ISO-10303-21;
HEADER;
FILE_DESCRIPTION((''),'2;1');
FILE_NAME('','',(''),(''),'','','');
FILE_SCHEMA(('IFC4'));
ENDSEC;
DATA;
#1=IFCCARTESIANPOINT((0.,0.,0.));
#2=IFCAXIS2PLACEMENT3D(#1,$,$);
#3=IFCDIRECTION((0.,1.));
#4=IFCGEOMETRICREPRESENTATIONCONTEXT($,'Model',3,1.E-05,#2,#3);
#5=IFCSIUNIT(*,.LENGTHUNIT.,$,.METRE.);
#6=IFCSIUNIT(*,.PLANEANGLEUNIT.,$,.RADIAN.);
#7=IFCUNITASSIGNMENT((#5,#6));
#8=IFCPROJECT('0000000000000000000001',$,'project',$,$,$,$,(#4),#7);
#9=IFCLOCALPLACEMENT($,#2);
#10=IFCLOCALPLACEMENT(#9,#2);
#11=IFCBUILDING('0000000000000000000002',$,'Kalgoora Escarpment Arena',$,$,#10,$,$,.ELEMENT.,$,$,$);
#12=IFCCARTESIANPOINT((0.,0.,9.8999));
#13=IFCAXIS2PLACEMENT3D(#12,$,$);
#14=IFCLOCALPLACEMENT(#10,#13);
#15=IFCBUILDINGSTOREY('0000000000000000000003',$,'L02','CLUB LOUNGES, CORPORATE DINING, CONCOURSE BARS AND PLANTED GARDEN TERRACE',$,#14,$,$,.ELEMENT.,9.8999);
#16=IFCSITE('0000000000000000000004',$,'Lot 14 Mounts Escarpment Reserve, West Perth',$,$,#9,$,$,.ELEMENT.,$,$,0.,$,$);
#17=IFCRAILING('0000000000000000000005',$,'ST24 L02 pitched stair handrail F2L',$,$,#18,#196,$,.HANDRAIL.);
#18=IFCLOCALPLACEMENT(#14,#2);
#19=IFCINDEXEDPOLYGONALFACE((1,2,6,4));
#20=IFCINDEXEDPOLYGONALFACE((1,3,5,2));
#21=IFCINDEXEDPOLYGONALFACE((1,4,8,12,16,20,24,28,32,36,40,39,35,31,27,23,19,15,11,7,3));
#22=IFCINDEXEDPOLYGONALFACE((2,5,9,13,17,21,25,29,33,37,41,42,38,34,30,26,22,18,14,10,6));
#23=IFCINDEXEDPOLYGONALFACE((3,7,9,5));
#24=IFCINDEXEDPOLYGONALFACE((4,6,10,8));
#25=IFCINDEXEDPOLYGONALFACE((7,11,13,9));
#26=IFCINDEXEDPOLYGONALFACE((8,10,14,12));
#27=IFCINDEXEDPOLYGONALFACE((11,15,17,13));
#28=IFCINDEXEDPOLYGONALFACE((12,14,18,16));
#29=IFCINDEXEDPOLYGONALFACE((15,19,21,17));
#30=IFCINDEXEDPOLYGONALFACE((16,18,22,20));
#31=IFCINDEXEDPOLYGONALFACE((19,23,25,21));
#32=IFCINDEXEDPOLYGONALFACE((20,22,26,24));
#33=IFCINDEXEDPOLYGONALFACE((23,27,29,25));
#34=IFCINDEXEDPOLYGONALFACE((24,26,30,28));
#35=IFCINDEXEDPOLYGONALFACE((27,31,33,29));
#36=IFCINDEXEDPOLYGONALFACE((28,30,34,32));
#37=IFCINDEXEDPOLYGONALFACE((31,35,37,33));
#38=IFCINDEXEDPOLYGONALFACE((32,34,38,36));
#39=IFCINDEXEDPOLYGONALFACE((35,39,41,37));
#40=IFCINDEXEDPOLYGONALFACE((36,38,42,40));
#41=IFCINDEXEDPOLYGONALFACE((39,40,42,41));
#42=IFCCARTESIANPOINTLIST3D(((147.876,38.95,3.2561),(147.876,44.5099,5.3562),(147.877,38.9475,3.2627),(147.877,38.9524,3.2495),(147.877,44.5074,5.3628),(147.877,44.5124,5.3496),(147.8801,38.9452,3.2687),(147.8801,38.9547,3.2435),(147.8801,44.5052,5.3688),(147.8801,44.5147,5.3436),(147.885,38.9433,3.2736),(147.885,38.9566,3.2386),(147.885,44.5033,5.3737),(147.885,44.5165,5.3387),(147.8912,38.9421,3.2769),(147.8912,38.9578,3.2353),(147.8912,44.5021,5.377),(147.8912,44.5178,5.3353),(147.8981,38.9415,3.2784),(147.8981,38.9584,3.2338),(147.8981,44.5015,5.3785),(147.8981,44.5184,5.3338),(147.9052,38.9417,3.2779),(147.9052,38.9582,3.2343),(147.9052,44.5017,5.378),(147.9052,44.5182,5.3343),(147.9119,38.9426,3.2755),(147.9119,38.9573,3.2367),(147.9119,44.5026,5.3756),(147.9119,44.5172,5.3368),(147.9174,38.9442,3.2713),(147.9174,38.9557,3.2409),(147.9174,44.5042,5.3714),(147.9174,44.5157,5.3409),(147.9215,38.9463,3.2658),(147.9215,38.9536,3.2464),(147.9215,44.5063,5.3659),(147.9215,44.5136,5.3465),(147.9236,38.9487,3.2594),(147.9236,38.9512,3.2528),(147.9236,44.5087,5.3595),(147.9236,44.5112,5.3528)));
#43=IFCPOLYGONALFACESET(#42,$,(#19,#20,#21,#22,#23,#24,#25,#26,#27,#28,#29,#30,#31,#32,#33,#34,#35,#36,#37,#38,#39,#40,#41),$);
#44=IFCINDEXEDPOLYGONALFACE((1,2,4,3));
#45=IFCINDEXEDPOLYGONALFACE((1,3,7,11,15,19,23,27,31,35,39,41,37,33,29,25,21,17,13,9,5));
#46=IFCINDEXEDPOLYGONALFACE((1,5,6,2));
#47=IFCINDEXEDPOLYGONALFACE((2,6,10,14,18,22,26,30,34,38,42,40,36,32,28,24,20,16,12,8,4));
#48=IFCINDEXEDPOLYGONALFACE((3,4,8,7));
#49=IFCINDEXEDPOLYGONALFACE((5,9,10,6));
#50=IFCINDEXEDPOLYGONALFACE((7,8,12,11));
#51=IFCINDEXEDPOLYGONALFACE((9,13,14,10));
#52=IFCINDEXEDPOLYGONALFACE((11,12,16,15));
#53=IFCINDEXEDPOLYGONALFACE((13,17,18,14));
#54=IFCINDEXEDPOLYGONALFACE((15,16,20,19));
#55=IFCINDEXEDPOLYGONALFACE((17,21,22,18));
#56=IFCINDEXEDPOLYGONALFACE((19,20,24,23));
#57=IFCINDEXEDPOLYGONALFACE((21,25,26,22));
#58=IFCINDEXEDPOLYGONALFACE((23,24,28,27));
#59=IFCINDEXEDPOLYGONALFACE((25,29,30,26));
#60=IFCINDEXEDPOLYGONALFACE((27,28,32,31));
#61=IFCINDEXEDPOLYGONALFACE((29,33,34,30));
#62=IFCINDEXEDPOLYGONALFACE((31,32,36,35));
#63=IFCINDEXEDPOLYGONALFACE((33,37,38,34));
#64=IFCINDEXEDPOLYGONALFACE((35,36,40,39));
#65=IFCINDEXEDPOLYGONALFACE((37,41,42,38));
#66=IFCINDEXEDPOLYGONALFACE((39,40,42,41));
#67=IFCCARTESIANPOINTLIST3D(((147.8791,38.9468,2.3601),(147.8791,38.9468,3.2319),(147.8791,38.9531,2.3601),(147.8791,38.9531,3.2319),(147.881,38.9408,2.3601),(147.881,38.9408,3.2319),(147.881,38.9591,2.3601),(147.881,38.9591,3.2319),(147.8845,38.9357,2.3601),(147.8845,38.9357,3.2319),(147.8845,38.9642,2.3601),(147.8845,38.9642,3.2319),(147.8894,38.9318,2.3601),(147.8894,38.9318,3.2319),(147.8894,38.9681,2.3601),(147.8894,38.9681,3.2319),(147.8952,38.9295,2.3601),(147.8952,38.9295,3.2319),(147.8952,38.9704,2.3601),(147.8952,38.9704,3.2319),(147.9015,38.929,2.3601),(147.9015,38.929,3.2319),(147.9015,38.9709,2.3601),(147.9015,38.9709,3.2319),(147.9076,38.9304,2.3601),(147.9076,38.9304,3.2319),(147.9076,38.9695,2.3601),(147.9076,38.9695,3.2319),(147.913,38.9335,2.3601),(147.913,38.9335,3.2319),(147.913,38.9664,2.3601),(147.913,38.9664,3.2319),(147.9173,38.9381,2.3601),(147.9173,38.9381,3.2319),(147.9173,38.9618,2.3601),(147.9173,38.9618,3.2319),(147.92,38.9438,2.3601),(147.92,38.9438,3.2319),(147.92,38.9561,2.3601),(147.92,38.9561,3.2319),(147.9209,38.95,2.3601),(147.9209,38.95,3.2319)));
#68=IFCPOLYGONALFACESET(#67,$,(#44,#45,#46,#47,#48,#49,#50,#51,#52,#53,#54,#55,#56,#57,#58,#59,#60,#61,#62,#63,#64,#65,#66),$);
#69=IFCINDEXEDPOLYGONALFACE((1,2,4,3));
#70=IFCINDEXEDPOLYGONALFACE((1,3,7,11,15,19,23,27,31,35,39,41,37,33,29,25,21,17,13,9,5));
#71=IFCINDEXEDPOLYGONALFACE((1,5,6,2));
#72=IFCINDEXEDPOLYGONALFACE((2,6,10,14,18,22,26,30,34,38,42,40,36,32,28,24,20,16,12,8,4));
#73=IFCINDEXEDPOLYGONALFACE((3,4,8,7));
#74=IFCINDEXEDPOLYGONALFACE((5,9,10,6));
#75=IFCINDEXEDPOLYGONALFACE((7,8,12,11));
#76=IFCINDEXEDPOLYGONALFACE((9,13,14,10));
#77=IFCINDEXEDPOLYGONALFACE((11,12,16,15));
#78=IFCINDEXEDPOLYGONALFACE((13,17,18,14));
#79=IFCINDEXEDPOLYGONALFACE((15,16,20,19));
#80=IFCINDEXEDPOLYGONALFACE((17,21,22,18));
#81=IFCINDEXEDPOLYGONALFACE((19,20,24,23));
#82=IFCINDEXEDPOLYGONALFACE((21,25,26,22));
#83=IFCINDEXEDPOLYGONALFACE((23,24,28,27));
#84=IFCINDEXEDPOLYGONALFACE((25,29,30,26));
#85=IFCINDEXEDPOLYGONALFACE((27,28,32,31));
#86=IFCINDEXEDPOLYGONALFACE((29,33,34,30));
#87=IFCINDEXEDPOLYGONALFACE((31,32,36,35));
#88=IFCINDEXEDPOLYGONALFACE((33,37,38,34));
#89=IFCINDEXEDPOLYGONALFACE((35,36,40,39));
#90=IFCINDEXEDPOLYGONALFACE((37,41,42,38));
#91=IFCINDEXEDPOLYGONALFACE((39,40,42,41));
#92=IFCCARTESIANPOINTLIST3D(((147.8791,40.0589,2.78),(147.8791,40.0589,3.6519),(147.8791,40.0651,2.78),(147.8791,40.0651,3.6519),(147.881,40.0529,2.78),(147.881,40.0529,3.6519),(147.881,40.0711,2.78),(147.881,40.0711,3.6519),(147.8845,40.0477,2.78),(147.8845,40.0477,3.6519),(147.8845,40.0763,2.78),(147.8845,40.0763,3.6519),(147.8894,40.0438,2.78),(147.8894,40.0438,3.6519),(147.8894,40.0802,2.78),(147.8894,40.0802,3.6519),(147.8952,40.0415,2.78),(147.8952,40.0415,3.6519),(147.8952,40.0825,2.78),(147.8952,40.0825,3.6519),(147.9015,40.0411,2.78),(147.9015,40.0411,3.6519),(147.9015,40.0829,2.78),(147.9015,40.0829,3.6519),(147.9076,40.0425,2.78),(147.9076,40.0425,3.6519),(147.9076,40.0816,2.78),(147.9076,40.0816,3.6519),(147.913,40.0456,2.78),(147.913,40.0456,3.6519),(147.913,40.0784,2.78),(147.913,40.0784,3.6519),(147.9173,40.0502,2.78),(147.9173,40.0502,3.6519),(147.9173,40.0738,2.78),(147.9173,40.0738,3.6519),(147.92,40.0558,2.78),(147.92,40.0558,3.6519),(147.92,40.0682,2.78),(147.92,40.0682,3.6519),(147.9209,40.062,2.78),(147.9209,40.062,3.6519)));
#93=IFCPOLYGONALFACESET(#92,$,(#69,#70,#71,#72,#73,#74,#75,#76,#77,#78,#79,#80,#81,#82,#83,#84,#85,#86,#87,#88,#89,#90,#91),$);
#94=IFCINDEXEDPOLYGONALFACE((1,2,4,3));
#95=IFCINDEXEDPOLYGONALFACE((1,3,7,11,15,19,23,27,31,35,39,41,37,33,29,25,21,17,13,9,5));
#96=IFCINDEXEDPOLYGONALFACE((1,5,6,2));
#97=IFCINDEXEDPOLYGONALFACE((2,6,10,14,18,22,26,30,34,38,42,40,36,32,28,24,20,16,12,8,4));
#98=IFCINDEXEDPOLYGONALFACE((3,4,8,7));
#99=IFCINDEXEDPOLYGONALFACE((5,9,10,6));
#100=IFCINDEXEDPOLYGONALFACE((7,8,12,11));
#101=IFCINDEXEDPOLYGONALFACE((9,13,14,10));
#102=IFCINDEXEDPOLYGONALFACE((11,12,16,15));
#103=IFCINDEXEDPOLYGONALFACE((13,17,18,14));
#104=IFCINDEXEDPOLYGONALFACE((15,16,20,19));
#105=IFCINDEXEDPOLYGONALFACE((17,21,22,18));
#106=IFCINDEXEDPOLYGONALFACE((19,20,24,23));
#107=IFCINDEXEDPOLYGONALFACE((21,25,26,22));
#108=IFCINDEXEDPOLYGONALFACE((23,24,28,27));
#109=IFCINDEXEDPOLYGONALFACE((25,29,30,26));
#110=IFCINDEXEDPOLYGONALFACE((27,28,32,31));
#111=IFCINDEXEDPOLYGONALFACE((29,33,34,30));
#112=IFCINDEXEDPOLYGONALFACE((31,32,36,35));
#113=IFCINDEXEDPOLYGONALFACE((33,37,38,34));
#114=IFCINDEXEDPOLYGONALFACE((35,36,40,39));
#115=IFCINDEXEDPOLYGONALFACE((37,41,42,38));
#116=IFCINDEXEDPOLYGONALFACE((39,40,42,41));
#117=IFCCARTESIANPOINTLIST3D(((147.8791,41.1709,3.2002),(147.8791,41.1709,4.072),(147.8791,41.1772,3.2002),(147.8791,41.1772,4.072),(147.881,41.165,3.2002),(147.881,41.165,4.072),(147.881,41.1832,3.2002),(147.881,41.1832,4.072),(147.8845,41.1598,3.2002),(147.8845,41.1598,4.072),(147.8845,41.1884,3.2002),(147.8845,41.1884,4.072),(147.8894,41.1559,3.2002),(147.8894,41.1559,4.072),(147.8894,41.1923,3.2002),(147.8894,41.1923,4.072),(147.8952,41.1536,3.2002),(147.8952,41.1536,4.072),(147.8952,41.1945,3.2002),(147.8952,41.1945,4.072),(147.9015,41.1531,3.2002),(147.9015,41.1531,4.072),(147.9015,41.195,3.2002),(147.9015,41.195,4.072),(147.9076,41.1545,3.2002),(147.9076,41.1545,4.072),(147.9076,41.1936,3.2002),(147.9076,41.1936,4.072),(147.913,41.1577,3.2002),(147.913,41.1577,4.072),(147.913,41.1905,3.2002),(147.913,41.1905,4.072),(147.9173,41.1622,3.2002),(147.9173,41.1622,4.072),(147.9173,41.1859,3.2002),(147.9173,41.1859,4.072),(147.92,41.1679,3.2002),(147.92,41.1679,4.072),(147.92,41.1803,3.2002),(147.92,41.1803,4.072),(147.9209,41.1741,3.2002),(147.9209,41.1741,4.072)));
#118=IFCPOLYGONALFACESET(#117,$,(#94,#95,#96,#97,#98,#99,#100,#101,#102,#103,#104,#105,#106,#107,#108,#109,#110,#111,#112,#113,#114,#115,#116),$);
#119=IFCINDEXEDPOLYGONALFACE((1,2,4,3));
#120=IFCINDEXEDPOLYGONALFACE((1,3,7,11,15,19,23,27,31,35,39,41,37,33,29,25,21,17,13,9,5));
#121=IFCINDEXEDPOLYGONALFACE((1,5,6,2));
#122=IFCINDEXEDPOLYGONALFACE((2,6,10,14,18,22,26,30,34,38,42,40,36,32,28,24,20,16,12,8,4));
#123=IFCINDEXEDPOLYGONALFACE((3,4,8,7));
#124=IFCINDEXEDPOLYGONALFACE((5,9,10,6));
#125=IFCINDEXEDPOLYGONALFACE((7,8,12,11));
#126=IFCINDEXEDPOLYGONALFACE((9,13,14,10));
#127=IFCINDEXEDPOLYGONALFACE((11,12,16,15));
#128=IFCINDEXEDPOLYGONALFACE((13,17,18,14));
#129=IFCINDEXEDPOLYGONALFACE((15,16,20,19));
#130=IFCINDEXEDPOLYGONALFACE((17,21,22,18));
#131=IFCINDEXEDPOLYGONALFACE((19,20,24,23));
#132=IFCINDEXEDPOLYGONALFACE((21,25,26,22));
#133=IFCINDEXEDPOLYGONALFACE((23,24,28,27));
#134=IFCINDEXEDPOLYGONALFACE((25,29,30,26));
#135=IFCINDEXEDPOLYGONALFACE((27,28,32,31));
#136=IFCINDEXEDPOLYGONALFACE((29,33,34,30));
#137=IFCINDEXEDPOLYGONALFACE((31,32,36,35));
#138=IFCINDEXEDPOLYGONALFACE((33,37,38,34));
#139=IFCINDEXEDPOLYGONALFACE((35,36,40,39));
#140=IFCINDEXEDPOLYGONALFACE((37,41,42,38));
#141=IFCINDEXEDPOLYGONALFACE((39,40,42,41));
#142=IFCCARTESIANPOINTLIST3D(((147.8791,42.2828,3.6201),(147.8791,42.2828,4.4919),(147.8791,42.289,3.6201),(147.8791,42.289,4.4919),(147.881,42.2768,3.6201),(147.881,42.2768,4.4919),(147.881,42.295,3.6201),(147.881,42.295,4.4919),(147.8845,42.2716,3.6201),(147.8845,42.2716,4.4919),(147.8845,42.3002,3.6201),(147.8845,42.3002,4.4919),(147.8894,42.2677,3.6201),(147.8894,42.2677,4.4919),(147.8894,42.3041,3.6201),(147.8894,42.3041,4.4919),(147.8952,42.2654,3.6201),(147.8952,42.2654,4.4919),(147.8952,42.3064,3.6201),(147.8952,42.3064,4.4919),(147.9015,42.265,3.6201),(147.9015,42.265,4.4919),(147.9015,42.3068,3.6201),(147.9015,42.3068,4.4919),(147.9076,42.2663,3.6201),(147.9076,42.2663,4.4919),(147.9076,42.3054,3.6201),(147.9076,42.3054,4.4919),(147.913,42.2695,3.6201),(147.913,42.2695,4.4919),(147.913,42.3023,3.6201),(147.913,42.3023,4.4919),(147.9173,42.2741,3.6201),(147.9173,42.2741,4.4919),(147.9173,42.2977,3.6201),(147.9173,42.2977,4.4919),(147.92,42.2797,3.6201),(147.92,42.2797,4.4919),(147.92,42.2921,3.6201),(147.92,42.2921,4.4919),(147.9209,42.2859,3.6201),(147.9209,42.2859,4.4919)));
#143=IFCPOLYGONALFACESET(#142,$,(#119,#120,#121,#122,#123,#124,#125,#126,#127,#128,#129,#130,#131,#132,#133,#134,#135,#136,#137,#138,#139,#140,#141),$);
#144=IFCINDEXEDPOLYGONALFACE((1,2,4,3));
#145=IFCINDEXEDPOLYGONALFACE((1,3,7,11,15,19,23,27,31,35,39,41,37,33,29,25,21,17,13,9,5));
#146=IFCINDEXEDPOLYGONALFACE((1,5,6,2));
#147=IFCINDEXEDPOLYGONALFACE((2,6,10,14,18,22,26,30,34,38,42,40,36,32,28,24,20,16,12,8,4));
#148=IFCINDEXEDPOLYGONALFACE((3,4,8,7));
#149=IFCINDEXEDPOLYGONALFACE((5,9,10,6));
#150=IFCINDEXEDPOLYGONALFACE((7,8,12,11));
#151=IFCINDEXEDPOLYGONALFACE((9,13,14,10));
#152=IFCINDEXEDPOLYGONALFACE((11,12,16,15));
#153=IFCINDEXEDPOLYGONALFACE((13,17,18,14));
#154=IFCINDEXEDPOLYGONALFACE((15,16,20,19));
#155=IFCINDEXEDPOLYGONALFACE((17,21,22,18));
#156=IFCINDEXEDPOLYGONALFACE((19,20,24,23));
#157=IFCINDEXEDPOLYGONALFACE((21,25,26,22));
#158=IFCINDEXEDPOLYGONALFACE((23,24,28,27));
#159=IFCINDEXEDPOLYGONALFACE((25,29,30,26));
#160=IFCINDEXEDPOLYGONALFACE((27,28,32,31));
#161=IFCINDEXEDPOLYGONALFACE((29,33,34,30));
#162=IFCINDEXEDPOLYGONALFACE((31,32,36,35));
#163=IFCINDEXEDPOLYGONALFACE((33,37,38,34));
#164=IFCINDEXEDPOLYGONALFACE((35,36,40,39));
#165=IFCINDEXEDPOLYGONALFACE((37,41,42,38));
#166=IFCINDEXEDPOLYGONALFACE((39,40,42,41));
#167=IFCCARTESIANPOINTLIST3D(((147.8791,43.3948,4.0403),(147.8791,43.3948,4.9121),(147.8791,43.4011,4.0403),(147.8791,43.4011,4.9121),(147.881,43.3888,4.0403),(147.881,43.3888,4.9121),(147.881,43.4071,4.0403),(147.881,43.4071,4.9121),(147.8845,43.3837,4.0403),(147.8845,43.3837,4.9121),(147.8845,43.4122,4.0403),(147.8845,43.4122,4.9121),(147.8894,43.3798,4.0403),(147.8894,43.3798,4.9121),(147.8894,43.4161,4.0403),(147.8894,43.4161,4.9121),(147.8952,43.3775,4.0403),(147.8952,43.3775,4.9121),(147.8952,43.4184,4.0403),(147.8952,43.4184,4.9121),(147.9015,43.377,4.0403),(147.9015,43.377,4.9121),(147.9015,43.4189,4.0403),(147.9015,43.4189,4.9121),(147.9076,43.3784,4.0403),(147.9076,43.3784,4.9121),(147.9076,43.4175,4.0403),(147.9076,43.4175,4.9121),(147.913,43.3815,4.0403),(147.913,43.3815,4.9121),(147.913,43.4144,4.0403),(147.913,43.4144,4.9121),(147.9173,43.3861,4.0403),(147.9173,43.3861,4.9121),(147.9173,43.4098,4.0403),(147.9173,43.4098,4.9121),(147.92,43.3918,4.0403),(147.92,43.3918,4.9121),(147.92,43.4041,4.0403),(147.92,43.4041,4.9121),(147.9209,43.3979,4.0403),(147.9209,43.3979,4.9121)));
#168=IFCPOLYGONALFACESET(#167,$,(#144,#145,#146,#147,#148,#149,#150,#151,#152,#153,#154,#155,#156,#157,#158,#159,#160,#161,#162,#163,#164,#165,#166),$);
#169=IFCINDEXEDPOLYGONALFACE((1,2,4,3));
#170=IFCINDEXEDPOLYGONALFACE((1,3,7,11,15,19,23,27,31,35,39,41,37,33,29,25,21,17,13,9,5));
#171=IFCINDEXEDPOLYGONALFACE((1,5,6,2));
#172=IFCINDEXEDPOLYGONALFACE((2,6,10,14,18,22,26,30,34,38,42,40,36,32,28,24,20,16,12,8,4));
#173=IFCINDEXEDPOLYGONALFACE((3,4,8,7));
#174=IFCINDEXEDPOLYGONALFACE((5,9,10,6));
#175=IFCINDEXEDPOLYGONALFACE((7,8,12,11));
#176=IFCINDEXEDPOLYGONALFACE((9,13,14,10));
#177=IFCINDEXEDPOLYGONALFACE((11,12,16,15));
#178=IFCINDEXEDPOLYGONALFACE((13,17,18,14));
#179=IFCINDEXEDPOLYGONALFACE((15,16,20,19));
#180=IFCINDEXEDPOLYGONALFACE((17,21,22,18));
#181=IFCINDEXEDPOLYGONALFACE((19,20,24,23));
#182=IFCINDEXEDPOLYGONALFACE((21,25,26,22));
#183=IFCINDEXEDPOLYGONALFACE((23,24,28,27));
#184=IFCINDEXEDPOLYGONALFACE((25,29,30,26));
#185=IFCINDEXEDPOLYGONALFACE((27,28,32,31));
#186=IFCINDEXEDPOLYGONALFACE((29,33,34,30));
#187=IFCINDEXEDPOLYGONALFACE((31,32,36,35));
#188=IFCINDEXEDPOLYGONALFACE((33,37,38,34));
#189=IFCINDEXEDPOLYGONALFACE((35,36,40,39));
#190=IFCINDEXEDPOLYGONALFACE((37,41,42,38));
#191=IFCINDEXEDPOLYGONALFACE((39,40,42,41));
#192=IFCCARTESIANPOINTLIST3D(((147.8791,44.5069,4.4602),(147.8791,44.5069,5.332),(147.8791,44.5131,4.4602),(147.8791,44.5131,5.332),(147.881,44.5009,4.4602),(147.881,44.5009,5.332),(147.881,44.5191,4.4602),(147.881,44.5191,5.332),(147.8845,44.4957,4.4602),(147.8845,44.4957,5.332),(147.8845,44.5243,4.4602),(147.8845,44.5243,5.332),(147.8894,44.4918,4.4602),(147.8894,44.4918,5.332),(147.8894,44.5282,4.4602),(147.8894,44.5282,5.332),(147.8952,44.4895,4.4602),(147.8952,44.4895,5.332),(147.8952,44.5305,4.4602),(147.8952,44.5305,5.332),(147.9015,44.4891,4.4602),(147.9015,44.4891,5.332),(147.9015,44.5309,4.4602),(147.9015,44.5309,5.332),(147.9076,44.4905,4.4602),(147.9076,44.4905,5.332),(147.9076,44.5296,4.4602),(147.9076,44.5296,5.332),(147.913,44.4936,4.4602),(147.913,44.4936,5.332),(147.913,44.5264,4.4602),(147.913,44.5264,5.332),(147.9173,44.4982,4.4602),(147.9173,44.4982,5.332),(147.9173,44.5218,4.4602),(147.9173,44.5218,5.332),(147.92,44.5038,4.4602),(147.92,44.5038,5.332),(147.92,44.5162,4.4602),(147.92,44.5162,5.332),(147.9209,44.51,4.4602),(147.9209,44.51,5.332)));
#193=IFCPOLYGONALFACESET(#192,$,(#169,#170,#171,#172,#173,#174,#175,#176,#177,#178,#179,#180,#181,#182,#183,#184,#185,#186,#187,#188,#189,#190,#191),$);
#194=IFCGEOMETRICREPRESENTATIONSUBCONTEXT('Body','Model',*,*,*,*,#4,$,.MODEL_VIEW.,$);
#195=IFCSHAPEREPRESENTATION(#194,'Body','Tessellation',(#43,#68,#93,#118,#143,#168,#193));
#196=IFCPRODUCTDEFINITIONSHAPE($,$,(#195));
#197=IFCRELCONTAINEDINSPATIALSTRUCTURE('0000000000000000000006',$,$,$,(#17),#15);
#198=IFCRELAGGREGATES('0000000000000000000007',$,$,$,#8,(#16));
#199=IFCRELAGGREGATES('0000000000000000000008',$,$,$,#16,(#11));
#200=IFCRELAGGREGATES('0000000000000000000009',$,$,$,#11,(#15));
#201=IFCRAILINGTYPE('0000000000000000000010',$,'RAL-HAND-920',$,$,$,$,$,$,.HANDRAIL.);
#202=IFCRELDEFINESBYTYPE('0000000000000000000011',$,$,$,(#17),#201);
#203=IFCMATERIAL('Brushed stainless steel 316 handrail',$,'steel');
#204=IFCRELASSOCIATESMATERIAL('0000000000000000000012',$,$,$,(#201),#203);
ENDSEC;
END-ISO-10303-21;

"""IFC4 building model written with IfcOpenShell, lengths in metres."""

from ifc_helpers import new_model, si_unit, direction, frame, origin, origin_2d, place, context, subcontext, project, spatial, circle, extrude, material, type_object, element, save


model = new_model("IFC4")

# Units and contexts
model_context = context("Model", 3, precision=1e-05, world=origin(), true_north=direction((0.0, 1.0)))
body_context = subcontext(model_context, "Body", "Model", "MODEL_VIEW")
ifc_project = project(units=[si_unit("LENGTHUNIT", "METRE"), si_unit("PLANEANGLEUNIT", "RADIAN")], contexts=[model_context])

# Site, building, storey
site_placement = place(None, origin())
site = spatial("IfcSite", under=ifc_project, at=site_placement, Name="Lot 14 Mounts Escarpment Reserve, West Perth", CompositionType="ELEMENT", RefElevation=0.0)
building_placement = place(site_placement, origin())
building = spatial("IfcBuilding", under=site, at=building_placement, Name="Kalgoora Escarpment Arena", CompositionType="ELEMENT")
storey_placement = place(building_placement, frame((0.0, 0.0, 9.8999)))
storey = spatial("IfcBuildingStorey", under=building, at=storey_placement, Name="L02", Description="CLUB LOUNGES, CORPORATE DINING, CONCOURSE BARS AND PLANTED GARDEN TERRACE", CompositionType="ELEMENT", Elevation=9.8999)

# Railing
ifc_material_1 = material(Name="Brushed stainless steel 316 handrail", Category="steel")
railing_type_1 = type_object("IfcRailingType", Name="RAL-HAND-920", PredefinedType="HANDRAIL", material=ifc_material_1)
for number, where, name in (
    (1, (147.8999, 38.95, 2.3601), "ST24 L02 pitched stair handrail F2L"),
):
    element("IfcRailing", number, at=place(storey_placement, frame(where)), inside=storey, type_object=railing_type_1, Name=name, PredefinedType="HANDRAIL", context=body_context, shape_type="SweptSolid", body=[
        extrude(circle(Radius=0.0239, at=origin_2d()), frame((0.0, 0.0, 0.896), z_axis=(0.0, 0.935493, 0.353346), x_axis=(-1.0, 0.0, 0.0)), (0.0, 0.0, 1.0), 5.9434),
        extrude(circle(Radius=0.021, at=origin_2d()), origin(), (0.0, 0.0, 1.0), 0.8718),
        extrude(circle(Radius=0.021, at=origin_2d()), frame((0.0, 1.1121, 0.4199)), (0.0, 0.0, 1.0), 0.8718),
        extrude(circle(Radius=0.021, at=origin_2d()), frame((0.0, 2.2241, 0.8401)), (0.0, 0.0, 1.0), 0.8718),
        extrude(circle(Radius=0.021, at=origin_2d()), frame((0.0, 3.3359, 1.26)), (0.0, 0.0, 1.0), 0.8718),
        extrude(circle(Radius=0.021, at=origin_2d()), frame((0.0, 4.448, 1.6802)), (0.0, 0.0, 1.0), 0.8718),
        extrude(circle(Radius=0.021, at=origin_2d()), frame((0.0, 5.5601, 2.1001)), (0.0, 0.0, 1.0), 0.8718),
    ])

save(model, "model.ifc")
